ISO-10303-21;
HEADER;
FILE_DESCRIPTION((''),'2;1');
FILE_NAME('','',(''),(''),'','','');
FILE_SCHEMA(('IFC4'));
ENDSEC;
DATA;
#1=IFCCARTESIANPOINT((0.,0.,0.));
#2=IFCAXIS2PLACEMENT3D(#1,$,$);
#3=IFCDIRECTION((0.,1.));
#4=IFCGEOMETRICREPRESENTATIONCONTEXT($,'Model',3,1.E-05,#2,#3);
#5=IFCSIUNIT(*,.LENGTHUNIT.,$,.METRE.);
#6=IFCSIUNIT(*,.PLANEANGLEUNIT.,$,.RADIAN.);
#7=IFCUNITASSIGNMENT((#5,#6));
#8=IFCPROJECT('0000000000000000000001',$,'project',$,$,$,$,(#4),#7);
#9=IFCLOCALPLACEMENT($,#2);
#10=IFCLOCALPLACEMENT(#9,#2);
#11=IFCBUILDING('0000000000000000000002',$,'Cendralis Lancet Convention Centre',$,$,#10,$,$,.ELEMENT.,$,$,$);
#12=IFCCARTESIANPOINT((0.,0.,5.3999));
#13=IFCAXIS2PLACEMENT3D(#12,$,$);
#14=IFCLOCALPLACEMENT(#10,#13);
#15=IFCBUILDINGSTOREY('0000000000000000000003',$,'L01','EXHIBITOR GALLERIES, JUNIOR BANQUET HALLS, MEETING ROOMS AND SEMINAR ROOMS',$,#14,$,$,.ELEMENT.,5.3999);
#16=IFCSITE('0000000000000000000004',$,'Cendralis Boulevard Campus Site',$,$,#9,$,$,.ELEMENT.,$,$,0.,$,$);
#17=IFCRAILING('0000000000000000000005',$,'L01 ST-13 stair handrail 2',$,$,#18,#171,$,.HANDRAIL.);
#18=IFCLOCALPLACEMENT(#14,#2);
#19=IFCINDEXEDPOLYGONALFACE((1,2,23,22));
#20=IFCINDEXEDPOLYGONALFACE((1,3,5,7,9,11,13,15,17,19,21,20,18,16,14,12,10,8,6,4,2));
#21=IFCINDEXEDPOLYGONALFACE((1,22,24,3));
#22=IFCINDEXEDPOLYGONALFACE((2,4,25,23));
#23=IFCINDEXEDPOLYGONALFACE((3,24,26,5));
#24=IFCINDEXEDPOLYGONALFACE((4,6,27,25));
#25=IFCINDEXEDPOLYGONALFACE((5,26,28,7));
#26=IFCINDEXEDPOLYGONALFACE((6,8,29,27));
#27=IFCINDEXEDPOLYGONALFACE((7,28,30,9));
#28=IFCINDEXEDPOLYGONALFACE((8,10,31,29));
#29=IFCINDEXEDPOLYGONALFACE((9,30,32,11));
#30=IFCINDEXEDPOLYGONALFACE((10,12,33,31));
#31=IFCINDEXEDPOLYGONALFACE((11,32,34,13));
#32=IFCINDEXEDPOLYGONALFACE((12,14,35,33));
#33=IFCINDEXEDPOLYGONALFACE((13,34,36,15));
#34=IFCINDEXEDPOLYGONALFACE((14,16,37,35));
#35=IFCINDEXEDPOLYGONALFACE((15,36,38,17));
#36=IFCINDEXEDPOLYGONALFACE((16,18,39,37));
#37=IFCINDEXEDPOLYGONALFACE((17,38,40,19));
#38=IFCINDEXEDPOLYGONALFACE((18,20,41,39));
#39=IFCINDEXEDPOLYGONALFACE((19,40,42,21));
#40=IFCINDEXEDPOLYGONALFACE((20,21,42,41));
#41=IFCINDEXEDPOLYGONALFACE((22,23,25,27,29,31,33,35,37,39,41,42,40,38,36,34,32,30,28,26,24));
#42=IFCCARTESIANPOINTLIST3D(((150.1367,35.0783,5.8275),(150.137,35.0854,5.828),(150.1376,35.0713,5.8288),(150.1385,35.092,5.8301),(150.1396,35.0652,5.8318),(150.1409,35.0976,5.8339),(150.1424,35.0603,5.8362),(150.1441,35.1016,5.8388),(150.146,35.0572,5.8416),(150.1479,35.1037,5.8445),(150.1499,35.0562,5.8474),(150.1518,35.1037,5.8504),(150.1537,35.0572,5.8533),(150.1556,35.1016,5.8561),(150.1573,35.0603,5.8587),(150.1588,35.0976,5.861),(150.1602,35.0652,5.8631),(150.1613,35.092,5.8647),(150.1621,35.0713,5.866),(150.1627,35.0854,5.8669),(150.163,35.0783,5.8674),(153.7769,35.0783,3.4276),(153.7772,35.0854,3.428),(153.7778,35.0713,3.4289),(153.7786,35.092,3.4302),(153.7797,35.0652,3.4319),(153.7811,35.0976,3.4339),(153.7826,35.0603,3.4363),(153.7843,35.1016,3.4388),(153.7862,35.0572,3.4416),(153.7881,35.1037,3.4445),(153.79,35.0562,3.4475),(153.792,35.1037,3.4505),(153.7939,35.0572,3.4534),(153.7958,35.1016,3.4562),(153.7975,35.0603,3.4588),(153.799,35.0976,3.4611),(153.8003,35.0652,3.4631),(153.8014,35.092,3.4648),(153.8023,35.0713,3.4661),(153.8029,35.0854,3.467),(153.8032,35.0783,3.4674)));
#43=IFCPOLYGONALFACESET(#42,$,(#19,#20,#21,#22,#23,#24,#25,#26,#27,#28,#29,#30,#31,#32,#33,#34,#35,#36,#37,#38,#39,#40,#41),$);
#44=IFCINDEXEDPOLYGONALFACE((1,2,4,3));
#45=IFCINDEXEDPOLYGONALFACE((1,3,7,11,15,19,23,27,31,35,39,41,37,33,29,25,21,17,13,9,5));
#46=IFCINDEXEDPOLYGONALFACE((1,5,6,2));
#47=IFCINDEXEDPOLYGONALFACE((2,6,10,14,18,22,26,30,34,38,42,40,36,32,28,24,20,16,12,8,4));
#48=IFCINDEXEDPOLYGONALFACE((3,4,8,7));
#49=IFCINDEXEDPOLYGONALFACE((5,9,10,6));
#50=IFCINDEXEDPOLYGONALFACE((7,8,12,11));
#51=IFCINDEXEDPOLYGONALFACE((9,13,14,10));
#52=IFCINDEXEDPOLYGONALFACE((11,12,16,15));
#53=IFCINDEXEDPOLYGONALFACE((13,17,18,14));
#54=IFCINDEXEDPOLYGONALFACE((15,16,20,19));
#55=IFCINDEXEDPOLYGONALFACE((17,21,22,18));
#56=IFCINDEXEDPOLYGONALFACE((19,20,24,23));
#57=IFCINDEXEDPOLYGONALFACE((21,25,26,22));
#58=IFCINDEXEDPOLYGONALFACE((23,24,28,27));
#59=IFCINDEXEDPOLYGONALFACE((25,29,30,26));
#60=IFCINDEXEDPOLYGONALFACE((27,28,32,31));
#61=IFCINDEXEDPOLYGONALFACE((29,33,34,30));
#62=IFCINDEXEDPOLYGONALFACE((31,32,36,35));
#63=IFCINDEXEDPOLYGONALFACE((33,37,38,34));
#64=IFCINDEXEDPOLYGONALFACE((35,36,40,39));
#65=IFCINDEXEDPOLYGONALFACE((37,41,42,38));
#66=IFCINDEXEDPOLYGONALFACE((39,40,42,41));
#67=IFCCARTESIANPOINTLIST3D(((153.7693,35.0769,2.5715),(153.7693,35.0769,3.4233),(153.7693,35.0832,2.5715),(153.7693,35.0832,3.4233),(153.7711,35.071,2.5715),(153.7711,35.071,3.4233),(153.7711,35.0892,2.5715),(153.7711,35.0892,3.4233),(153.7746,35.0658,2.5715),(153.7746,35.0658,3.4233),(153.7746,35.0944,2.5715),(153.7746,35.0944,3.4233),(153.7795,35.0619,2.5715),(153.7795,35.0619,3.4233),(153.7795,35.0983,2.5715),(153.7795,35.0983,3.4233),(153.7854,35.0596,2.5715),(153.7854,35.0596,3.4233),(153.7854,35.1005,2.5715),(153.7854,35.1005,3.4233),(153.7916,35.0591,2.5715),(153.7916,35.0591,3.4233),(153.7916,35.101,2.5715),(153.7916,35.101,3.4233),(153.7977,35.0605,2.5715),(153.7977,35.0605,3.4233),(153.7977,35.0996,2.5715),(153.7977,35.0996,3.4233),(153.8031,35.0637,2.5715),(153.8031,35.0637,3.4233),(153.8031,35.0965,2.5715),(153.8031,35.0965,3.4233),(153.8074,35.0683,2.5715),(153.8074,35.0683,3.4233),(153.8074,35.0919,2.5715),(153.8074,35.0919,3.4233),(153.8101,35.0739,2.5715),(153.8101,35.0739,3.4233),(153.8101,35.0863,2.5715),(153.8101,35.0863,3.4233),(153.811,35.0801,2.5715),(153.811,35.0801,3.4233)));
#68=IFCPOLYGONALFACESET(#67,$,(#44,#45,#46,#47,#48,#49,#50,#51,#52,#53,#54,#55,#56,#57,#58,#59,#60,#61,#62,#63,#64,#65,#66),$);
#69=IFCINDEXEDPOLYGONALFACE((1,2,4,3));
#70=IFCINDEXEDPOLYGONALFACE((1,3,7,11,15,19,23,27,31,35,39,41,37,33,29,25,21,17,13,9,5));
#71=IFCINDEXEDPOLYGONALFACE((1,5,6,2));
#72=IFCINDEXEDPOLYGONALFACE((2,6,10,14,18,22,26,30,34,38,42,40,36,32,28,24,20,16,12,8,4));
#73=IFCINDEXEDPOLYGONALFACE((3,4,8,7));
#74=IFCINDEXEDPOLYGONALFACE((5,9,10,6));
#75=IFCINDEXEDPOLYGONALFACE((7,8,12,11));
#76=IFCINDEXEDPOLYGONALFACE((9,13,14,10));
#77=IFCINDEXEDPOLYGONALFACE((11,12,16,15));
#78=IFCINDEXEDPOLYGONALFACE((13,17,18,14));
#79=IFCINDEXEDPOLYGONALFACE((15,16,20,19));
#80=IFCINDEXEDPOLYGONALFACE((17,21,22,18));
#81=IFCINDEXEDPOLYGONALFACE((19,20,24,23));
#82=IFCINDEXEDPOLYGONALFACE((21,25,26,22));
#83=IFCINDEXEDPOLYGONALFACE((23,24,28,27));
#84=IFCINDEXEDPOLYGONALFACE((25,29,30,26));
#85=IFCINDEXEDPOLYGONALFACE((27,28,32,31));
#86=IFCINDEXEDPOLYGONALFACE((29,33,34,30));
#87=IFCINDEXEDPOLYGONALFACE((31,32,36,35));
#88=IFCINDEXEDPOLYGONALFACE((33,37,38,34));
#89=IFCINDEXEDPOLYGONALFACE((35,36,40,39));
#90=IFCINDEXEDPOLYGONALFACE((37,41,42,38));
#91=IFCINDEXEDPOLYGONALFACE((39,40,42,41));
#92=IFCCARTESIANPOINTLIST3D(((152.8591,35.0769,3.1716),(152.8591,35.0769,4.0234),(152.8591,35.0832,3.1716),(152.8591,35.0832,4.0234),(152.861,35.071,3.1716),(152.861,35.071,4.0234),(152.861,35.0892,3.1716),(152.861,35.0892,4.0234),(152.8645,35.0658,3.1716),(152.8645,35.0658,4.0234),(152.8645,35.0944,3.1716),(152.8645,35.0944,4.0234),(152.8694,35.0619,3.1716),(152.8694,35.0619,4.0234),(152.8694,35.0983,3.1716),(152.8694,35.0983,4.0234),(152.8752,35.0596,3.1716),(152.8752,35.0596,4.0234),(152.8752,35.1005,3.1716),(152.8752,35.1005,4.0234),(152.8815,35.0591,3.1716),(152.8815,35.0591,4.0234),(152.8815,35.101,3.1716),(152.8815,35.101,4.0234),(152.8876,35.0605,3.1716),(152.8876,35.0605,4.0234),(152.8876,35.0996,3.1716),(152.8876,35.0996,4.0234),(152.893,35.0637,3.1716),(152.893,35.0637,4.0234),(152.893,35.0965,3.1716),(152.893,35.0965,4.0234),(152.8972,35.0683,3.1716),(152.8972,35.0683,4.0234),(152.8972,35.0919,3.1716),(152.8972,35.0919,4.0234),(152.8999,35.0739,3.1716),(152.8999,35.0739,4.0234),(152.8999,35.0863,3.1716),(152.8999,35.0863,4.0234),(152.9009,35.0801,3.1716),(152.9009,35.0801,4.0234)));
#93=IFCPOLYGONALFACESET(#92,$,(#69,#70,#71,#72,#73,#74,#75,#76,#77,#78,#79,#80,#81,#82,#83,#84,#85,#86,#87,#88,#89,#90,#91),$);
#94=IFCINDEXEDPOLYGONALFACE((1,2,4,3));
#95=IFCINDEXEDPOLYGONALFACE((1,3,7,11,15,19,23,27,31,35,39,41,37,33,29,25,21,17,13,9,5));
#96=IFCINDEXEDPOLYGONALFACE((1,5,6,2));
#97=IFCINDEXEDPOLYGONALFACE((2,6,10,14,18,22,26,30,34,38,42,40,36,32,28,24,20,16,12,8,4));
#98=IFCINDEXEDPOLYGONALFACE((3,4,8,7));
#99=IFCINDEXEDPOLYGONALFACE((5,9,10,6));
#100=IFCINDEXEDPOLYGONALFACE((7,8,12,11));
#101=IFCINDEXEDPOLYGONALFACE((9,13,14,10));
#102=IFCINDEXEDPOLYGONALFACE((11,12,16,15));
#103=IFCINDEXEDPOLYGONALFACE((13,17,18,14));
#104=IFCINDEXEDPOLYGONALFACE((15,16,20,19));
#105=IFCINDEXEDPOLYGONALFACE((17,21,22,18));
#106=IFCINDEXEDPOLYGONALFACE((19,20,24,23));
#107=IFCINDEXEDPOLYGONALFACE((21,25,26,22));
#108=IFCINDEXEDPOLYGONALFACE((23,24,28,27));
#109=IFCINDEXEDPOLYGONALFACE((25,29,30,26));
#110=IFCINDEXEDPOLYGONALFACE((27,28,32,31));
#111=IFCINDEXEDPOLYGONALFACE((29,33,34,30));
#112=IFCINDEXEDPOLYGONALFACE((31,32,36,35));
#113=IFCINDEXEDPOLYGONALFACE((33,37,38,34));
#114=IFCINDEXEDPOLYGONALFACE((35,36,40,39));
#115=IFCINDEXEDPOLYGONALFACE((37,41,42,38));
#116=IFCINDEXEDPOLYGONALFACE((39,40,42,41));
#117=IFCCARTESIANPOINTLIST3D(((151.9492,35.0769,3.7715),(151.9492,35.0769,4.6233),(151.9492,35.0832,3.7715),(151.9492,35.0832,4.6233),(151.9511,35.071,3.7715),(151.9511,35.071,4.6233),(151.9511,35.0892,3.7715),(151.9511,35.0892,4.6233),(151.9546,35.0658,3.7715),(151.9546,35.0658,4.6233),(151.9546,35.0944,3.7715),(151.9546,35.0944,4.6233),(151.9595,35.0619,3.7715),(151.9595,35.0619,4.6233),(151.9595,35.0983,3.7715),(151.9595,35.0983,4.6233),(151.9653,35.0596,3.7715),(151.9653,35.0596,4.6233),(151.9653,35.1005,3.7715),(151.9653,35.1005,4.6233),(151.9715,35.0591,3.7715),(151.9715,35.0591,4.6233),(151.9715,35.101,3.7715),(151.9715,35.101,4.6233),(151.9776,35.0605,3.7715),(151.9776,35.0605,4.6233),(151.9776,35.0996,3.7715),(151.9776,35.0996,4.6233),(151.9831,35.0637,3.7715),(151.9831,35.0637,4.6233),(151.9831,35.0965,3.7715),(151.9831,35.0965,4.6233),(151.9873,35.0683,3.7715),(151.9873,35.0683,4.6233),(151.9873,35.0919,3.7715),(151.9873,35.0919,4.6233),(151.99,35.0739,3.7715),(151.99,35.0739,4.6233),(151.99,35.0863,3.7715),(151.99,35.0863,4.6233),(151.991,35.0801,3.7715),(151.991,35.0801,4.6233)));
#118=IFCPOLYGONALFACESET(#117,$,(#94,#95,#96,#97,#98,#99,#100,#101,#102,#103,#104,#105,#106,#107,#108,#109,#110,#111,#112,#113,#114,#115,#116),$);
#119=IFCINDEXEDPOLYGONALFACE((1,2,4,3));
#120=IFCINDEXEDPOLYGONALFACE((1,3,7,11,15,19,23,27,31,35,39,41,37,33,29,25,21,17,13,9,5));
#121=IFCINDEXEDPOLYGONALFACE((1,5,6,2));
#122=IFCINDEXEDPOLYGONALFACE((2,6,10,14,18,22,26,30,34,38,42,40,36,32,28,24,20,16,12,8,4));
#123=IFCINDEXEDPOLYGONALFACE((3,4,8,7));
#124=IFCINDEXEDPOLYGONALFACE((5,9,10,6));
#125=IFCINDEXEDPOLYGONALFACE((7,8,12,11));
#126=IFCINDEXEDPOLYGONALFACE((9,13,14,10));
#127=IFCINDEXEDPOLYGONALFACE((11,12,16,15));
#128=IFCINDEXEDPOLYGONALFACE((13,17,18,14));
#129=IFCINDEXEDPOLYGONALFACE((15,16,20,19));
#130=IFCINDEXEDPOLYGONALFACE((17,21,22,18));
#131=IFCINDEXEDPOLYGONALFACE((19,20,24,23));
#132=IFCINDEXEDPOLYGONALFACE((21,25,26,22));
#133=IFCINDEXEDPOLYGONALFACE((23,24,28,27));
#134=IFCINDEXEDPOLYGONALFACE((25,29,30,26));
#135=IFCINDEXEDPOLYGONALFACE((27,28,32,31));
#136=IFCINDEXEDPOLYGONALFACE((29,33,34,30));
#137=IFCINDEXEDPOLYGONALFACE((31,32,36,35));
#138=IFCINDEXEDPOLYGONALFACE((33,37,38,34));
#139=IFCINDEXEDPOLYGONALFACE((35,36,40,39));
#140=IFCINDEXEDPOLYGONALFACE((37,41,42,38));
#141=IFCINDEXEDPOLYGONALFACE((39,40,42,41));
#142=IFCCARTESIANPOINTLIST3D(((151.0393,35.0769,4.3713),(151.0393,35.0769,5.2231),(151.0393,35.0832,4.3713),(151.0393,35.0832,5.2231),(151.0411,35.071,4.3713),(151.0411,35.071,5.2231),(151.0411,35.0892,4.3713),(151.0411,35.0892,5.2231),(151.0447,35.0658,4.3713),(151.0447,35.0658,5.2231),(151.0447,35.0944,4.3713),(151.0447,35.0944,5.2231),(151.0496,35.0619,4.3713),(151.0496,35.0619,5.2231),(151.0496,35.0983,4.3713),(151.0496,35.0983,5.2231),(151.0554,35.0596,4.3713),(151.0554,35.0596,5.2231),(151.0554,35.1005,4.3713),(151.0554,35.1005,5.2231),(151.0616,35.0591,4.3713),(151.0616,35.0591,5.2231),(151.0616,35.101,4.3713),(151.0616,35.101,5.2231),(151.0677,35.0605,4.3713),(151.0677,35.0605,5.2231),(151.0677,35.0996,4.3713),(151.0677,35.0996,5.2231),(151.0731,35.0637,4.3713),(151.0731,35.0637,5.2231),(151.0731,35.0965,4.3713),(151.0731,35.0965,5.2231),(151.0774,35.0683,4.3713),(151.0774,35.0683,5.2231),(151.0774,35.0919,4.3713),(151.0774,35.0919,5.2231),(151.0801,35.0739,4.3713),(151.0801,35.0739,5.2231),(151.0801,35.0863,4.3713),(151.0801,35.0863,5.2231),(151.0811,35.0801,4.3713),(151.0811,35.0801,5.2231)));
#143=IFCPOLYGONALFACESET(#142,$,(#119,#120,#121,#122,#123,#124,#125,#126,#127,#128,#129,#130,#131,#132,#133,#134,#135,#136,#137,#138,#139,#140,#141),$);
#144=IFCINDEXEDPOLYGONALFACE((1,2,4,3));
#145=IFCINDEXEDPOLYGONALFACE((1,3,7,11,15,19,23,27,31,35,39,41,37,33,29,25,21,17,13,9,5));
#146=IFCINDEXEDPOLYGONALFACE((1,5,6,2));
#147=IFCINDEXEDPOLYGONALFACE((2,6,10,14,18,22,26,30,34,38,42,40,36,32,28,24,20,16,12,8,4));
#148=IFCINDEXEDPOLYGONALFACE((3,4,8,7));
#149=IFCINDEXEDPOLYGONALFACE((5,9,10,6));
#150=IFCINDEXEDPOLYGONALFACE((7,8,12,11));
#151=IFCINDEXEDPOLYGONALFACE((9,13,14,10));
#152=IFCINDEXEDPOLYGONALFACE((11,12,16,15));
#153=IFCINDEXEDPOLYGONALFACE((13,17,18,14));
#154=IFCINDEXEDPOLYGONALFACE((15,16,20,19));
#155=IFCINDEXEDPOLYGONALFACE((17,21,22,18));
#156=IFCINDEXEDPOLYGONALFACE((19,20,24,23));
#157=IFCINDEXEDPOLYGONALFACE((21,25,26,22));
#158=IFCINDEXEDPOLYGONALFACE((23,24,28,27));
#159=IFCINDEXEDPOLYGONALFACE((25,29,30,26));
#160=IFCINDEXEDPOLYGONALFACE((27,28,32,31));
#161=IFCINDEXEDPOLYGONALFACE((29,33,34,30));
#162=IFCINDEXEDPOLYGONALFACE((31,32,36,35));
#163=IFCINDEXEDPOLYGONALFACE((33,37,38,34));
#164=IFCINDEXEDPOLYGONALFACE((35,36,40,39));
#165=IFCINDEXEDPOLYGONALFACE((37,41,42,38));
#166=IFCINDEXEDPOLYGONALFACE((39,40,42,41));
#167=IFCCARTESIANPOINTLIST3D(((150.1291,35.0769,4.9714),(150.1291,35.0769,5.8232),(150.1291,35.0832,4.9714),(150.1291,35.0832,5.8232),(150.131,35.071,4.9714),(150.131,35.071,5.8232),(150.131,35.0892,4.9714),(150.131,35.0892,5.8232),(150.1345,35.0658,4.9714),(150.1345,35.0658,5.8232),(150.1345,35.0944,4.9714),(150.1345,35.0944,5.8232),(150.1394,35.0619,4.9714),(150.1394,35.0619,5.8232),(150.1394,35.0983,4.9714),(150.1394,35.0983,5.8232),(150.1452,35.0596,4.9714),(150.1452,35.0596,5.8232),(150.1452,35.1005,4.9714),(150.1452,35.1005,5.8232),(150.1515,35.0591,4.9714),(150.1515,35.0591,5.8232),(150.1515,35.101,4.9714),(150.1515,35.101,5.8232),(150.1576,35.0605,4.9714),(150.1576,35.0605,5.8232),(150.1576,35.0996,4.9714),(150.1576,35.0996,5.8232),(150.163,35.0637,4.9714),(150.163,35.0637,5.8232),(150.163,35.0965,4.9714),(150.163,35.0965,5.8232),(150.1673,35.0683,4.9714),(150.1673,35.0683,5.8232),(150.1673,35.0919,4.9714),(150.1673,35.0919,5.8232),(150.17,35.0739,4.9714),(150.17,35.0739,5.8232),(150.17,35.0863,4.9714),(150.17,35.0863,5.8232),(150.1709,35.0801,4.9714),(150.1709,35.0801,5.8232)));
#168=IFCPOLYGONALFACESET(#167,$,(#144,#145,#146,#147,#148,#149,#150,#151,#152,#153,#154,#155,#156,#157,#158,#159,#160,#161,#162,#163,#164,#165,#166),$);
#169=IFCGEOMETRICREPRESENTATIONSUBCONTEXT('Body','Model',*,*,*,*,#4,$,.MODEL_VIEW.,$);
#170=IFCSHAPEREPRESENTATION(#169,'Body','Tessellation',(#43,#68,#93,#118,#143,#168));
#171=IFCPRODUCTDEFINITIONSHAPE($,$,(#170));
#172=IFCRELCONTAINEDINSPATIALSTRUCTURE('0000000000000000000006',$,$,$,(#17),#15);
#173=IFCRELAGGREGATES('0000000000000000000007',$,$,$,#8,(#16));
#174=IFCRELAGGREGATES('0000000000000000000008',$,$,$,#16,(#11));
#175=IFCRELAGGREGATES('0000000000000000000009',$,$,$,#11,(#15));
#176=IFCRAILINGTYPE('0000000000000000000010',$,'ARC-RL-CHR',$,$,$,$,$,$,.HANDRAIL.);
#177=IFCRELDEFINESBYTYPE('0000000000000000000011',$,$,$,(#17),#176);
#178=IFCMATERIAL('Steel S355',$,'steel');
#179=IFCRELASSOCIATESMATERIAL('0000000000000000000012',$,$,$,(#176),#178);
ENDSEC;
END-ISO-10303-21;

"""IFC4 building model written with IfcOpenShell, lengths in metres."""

from ifc_helpers import new_model, si_unit, direction, frame, origin, origin_2d, place, context, subcontext, project, spatial, circle, extrude, material, type_object, element, save


model = new_model("IFC4")

# Units and contexts
model_context = context("Model", 3, precision=1e-05, world=origin(), true_north=direction((0.0, 1.0)))
body_context = subcontext(model_context, "Body", "Model", "MODEL_VIEW")
ifc_project = project(units=[si_unit("LENGTHUNIT", "METRE"), si_unit("PLANEANGLEUNIT", "RADIAN")], contexts=[model_context])

# Site, building, storey
site_placement = place(None, origin())
site = spatial("IfcSite", under=ifc_project, at=site_placement, Name="Cendralis Boulevard Campus Site", CompositionType="ELEMENT", RefElevation=0.0)
building_placement = place(site_placement, origin())
building = spatial("IfcBuilding", under=site, at=building_placement, Name="Cendralis Lancet Convention Centre", CompositionType="ELEMENT")
storey_placement = place(building_placement, frame((0.0, 0.0, 5.3999)))
storey = spatial("IfcBuildingStorey", under=building, at=storey_placement, Name="L01", Description="EXHIBITOR GALLERIES, JUNIOR BANQUET HALLS, MEETING ROOMS AND SEMINAR ROOMS", CompositionType="ELEMENT", Elevation=5.3999)

# Shared definitions
ifc_material_1 = material(Name="Steel S355", Category="steel")

# Railing
railing_type_1 = type_object("IfcRailingType", Name="ARC-RL-CHR", PredefinedType="HANDRAIL", material=ifc_material_1)
railing_1_placement = place(storey_placement, frame((153.79, 35.0801, 2.5715)))
element("IfcRailing", 1, at=railing_1_placement, inside=storey, type_object=railing_type_1, Name="L01 ST-13 stair handrail 2", PredefinedType="HANDRAIL", context=body_context, shape_type="SweptSolid", body=[
    extrude(circle(Radius=0.0239, at=origin_2d()), frame((0.0, 0.0, 0.876), z_axis=(-0.834882, 0.0, 0.550429), x_axis=(0.0, -1.0, 0.0)), (0.0, 0.0, 1.0), 4.3601),
    extrude(circle(Radius=0.021, at=origin_2d()), origin(), (0.0, 0.0, 1.0), 0.8518),
    extrude(circle(Radius=0.021, at=origin_2d()), frame((-0.9102, 0.0, 0.6001)), (0.0, 0.0, 1.0), 0.8518),
    extrude(circle(Radius=0.021, at=origin_2d()), frame((-1.8201, 0.0, 1.2)), (0.0, 0.0, 1.0), 0.8518),
    extrude(circle(Radius=0.021, at=origin_2d()), frame((-2.73, 0.0, 1.7998)), (0.0, 0.0, 1.0), 0.8518),
    extrude(circle(Radius=0.021, at=origin_2d()), frame((-3.6401, 0.0, 2.3999)), (0.0, 0.0, 1.0), 0.8518),
])

save(model, "model.ifc")
